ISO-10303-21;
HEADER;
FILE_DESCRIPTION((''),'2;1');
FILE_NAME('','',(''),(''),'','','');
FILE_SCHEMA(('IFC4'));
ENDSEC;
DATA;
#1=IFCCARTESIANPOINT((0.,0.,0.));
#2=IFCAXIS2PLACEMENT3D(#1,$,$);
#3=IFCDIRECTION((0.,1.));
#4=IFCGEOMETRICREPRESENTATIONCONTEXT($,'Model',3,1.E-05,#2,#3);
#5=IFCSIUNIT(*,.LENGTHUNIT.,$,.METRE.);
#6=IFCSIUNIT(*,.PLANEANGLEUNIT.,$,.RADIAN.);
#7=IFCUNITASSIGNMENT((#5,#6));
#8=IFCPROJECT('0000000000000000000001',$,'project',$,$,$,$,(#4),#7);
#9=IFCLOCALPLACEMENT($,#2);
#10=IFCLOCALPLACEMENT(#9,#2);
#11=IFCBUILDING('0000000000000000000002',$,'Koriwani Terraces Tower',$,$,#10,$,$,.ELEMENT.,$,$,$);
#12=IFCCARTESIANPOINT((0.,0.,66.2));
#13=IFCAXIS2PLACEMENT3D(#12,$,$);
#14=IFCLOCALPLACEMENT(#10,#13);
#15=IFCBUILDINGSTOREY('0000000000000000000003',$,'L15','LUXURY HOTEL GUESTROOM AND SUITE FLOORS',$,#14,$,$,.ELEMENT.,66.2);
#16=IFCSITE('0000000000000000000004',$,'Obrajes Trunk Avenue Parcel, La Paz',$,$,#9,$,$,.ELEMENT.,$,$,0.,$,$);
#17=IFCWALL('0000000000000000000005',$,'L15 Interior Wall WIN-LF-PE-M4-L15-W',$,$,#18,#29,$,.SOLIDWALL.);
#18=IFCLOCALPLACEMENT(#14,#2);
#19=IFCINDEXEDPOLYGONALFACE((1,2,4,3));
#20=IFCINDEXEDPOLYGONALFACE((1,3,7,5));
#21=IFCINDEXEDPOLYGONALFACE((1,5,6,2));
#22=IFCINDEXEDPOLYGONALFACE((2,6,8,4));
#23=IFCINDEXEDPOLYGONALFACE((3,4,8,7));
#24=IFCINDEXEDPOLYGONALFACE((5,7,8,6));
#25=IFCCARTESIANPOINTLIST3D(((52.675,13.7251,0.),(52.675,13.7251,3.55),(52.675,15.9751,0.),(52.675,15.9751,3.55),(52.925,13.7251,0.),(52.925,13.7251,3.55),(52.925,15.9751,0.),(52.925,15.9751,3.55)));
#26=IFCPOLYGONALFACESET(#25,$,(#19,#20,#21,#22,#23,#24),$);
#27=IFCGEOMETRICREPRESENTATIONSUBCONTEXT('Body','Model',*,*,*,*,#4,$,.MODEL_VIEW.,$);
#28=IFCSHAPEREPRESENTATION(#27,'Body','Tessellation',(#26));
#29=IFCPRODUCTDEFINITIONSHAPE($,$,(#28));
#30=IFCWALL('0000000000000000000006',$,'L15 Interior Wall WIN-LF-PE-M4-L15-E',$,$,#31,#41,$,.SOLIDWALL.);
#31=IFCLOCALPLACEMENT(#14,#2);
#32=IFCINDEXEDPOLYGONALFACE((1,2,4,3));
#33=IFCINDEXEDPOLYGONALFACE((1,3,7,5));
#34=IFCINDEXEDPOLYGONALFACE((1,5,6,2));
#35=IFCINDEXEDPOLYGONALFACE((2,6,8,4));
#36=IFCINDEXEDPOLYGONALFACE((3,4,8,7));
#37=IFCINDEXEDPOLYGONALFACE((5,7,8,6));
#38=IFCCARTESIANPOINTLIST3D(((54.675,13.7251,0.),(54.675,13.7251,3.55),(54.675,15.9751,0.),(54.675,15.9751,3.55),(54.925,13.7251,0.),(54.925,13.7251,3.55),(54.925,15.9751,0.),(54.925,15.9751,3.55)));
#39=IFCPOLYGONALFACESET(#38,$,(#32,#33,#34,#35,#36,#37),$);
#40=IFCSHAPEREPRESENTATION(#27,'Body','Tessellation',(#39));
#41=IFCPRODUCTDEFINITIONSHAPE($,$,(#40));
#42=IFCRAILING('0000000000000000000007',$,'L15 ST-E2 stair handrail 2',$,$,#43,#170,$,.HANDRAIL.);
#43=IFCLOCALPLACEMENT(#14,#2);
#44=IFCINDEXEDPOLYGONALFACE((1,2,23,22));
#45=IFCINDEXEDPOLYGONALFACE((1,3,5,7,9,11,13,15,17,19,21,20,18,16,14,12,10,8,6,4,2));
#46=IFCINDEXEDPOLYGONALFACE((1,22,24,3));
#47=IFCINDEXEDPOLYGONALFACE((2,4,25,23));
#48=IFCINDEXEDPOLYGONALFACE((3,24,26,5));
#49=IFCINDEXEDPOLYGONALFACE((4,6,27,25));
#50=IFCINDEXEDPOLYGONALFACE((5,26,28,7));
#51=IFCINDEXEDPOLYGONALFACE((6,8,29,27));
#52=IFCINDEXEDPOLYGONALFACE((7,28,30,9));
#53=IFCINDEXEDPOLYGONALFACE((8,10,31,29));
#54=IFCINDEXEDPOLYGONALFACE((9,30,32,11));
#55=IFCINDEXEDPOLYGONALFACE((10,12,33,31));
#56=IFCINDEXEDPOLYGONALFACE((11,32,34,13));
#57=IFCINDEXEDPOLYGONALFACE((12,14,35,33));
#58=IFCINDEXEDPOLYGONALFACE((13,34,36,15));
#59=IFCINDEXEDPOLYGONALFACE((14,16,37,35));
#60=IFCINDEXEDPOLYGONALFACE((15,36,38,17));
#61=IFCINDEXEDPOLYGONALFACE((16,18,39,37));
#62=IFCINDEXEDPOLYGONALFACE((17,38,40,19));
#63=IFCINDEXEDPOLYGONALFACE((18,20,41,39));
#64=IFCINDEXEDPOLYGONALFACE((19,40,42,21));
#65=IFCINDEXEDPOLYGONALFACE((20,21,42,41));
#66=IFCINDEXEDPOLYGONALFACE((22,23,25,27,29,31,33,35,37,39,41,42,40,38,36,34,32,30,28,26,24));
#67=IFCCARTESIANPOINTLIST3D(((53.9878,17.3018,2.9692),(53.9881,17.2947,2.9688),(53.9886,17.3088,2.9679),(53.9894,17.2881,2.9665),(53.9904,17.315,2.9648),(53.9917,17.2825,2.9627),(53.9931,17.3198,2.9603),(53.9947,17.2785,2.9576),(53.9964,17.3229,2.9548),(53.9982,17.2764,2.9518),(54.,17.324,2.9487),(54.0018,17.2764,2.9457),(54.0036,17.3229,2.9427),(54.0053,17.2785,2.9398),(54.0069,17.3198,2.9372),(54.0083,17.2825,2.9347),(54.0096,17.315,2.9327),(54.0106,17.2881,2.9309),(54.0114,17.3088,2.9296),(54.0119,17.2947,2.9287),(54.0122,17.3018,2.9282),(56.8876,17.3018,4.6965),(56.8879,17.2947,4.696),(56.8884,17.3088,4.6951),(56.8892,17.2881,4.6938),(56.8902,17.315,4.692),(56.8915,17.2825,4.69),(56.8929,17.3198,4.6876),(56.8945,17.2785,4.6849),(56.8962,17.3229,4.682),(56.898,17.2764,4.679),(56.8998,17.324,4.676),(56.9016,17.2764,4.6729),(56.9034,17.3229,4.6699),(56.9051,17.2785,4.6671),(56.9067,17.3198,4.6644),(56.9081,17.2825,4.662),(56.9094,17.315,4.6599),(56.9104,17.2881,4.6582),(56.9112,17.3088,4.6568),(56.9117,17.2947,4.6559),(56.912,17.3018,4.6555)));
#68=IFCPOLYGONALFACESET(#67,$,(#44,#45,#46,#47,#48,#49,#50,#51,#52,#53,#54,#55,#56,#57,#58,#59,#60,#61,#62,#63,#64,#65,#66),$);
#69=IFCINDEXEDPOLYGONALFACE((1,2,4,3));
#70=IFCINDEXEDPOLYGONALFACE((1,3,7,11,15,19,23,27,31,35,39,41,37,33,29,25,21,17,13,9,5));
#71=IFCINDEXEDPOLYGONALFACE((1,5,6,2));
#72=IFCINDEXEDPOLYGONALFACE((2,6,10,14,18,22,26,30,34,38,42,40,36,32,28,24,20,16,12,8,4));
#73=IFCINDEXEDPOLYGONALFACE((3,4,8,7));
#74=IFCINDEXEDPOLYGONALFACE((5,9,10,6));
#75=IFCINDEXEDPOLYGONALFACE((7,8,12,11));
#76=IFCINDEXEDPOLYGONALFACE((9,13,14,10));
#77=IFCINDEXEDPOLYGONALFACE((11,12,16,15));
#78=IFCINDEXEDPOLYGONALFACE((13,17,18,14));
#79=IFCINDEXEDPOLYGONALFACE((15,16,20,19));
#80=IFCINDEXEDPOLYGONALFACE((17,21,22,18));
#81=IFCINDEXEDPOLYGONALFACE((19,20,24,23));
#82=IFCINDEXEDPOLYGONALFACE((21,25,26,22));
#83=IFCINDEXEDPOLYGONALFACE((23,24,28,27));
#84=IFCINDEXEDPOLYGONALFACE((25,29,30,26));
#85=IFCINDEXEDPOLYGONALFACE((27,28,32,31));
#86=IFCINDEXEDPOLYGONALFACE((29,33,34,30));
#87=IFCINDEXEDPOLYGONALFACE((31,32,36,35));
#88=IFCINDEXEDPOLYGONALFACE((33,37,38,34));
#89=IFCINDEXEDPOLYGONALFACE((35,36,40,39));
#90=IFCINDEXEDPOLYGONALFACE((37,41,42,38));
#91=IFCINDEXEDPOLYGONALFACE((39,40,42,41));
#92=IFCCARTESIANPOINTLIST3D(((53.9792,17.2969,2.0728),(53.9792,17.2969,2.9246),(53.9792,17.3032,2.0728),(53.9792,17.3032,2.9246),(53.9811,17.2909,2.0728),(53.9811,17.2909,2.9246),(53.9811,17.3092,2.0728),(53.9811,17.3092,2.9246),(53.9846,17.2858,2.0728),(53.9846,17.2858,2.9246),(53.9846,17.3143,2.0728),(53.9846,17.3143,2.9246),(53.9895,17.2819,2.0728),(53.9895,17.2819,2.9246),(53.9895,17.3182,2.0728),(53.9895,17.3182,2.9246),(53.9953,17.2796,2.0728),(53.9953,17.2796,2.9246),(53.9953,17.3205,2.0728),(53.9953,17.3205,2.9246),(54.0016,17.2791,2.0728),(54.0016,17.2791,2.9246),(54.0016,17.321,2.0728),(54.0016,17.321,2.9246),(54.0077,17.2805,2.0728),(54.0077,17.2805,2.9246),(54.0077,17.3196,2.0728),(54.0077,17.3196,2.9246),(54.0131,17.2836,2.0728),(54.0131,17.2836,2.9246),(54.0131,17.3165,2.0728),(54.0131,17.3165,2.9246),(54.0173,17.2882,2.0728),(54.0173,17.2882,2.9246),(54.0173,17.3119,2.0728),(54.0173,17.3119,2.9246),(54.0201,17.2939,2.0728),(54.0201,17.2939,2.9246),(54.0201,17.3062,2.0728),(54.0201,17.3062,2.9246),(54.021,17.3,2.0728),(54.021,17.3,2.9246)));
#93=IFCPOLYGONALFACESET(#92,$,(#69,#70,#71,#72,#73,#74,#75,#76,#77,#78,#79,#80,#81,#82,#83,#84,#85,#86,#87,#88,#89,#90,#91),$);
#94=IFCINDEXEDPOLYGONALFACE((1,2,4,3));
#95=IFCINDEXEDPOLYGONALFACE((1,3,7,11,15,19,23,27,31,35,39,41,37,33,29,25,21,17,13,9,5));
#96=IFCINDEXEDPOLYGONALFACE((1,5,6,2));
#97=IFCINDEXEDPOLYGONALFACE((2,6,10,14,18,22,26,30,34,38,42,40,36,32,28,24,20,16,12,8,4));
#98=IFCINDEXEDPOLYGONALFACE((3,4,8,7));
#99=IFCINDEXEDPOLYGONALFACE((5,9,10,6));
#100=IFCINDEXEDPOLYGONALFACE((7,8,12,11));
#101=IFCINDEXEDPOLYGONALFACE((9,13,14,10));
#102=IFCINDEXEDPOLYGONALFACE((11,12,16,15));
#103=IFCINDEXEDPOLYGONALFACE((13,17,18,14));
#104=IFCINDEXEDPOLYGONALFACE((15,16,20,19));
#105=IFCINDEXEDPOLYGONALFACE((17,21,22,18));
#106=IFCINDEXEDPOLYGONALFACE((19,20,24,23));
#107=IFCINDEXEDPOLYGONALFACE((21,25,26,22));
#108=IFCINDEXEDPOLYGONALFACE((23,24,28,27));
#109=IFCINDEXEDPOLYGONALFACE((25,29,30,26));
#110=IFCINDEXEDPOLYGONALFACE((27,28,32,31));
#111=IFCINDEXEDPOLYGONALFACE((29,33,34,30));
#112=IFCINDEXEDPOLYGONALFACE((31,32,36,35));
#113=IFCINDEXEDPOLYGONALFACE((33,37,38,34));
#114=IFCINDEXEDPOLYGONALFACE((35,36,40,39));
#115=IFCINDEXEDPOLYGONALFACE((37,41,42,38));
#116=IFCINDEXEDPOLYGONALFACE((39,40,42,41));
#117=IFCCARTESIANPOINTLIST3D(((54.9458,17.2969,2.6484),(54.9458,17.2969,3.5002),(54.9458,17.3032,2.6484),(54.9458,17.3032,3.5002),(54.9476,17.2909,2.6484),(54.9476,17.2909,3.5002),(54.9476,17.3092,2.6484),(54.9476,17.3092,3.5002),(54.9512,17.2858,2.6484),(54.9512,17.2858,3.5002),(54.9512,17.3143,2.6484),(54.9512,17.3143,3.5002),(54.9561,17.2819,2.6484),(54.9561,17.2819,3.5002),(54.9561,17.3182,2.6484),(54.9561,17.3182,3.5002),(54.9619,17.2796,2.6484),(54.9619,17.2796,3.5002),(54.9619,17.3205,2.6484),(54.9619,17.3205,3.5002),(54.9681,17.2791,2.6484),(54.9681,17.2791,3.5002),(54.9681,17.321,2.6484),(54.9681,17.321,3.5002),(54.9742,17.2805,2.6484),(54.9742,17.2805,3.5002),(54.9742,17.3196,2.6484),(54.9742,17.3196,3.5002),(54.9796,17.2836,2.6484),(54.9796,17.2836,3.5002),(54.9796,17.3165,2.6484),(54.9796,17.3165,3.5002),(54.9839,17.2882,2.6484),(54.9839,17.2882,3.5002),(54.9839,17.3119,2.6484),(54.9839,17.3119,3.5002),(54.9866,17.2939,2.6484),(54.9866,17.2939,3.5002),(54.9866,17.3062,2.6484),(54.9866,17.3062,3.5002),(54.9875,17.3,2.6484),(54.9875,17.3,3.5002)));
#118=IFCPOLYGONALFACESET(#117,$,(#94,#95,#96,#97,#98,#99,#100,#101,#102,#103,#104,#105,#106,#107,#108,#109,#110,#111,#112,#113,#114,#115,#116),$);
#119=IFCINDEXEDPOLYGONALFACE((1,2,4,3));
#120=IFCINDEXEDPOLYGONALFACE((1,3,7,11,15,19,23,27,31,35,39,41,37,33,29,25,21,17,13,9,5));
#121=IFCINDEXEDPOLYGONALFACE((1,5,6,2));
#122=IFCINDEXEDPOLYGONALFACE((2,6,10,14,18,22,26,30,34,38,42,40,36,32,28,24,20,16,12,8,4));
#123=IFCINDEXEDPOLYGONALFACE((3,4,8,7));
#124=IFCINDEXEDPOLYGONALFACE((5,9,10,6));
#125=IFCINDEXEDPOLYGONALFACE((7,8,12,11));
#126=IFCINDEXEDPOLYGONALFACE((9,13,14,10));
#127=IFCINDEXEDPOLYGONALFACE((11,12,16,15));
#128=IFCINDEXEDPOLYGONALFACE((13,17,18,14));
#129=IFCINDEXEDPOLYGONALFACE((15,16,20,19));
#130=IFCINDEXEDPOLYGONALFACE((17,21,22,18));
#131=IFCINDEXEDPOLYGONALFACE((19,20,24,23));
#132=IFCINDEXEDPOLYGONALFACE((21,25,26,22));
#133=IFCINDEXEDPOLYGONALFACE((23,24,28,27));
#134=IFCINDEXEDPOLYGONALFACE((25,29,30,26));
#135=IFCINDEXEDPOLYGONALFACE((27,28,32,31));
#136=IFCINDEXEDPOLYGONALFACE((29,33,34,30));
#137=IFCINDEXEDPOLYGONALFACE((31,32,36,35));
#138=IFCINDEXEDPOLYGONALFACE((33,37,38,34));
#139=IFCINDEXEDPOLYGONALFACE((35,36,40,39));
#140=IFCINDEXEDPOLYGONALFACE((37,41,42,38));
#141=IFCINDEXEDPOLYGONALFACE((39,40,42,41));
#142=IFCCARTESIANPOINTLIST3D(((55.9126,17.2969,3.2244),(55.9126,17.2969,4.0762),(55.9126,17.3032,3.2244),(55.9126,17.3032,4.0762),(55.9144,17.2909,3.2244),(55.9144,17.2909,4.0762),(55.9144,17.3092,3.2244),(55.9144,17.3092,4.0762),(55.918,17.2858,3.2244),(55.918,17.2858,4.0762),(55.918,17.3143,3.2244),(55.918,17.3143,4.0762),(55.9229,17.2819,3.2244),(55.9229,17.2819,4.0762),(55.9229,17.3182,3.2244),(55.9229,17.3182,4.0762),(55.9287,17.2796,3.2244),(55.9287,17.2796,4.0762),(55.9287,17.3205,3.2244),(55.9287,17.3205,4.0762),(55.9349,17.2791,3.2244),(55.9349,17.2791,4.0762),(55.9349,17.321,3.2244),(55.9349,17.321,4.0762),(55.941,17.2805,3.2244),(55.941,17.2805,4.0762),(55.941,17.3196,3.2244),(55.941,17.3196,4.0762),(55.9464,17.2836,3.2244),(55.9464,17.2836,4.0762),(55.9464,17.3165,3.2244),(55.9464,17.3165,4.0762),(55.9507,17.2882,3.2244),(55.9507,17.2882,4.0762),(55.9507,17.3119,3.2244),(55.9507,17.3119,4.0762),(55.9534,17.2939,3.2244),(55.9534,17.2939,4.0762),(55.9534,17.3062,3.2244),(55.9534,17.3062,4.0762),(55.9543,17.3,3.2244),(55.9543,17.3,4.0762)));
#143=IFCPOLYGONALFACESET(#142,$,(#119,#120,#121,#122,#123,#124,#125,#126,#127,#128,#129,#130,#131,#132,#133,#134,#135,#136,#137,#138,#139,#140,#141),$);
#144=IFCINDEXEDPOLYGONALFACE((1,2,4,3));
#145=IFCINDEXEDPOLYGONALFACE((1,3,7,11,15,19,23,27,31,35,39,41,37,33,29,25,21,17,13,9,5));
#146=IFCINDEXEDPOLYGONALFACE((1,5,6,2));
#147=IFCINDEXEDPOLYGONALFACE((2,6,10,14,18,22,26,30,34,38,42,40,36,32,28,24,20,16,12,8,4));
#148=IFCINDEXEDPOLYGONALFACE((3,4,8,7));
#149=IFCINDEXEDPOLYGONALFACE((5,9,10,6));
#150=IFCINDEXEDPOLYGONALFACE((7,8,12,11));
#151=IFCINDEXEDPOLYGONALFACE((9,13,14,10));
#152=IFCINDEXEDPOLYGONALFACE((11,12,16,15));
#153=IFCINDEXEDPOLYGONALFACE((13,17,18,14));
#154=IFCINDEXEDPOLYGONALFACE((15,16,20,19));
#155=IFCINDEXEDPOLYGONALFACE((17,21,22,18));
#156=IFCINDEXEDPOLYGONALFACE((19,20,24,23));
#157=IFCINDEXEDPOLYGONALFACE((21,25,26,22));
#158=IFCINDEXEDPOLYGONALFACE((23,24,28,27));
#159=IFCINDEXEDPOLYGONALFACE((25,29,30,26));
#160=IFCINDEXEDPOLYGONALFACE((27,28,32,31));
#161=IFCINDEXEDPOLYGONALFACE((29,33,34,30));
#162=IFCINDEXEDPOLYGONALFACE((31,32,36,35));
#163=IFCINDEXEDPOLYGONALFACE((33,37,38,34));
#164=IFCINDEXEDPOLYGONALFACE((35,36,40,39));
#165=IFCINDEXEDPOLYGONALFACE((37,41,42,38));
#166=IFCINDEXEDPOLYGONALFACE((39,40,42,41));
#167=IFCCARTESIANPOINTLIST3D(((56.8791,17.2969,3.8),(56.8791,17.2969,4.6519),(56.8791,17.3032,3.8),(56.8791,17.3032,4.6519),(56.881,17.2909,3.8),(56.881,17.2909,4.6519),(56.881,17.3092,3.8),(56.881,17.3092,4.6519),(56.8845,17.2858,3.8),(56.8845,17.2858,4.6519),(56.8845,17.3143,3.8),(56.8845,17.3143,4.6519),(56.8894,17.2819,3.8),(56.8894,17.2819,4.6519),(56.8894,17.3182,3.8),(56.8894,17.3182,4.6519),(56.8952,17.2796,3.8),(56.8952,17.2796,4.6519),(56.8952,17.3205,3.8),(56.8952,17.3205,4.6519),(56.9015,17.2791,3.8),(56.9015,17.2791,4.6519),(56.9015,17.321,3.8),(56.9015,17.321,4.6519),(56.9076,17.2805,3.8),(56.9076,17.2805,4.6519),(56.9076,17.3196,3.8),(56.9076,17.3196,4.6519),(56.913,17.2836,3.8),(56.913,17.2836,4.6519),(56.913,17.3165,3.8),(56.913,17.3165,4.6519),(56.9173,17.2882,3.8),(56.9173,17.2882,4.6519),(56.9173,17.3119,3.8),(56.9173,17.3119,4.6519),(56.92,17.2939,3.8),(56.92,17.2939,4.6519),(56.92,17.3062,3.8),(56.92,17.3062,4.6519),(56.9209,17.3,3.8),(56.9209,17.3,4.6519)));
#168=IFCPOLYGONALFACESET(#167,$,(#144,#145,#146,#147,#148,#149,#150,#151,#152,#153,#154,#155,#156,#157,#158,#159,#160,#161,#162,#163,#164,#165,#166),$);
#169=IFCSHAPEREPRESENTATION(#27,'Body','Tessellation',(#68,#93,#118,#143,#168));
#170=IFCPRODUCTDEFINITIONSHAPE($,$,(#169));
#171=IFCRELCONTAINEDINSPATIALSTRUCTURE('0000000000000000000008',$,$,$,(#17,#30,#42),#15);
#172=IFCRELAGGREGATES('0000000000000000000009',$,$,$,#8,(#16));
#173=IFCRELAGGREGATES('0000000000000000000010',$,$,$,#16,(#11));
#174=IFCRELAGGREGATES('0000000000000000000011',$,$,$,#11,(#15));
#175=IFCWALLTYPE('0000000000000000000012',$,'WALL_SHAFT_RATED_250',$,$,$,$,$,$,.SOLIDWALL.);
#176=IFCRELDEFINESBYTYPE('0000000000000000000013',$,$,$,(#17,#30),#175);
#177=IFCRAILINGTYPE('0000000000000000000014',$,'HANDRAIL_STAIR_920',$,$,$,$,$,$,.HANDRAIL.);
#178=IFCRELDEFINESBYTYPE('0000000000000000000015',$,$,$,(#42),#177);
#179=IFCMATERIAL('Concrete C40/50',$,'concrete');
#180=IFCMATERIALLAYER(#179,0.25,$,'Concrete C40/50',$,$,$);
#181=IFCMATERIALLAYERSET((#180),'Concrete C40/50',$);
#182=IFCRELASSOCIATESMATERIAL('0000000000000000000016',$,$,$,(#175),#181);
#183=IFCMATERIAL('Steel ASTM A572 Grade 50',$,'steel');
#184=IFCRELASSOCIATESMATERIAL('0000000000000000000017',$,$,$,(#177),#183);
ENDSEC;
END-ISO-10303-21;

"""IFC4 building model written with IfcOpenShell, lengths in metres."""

from ifc_helpers import new_model, si_unit, direction, frame, frame_2d, origin, origin_2d, place, context, subcontext, project, spatial, rectangle, circle, extrude, material, layer, layer_set, type_object, element, save


model = new_model("IFC4")

# Units and contexts
model_context = context("Model", 3, precision=1e-05, world=origin(), true_north=direction((0.0, 1.0)))
body_context = subcontext(model_context, "Body", "Model", "MODEL_VIEW")
ifc_project = project(units=[si_unit("LENGTHUNIT", "METRE"), si_unit("PLANEANGLEUNIT", "RADIAN")], contexts=[model_context])

# Site, building, storey
site_placement = place(None, origin())
site = spatial("IfcSite", under=ifc_project, at=site_placement, Name="Obrajes Trunk Avenue Parcel, La Paz", CompositionType="ELEMENT", RefElevation=0.0)
building_placement = place(site_placement, origin())
building = spatial("IfcBuilding", under=site, at=building_placement, Name="Koriwani Terraces Tower", CompositionType="ELEMENT")
storey_placement = place(building_placement, frame((0.0, 0.0, 66.2)))
storey = spatial("IfcBuildingStorey", under=building, at=storey_placement, Name="L15", Description="LUXURY HOTEL GUESTROOM AND SUITE FLOORS", CompositionType="ELEMENT", Elevation=66.2)

# Shared definitions
ifc_material_1 = material(Name="Concrete C40/50", Category="concrete")
ifc_material_2 = material(Name="Steel ASTM A572 Grade 50", Category="steel")

# Shared definitions
ifc_layer_1 = layer(ifc_material_1, 0.25, Name="Concrete C40/50")
ifc_layer_set_1 = layer_set([ifc_layer_1], Name="Concrete C40/50")
wall_type_1 = type_object("IfcWallType", Name="WALL_SHAFT_RATED_250", PredefinedType="SOLIDWALL", material=ifc_layer_set_1)

# Walls
for number, where, z_axis, x_axis, name in (
    (1, (52.8, 13.7251, 0.0), (0.0, 0.0, 1.0), (0.0, 1.0, 0.0), "L15 Interior Wall WIN-LF-PE-M4-L15-W"),
    (2, (54.8, 13.7251, 0.0), (0.0, 0.0, 1.0), (0.0, 1.0, 0.0), "L15 Interior Wall WIN-LF-PE-M4-L15-E"),
):
    element("IfcWall", number, at=place(storey_placement, frame(where, z_axis=z_axis, x_axis=x_axis)), inside=storey, type_object=wall_type_1, Name=name, PredefinedType="SOLIDWALL", context=body_context, shape_type="SweptSolid", body=[
        extrude(rectangle(XDim=2.25, YDim=0.25, at=frame_2d((1.125, 0.0))), origin(), (0.0, 0.0, 1.0), 3.55),
    ])

# Railing
railing_type = type_object("IfcRailingType", Name="HANDRAIL_STAIR_920", PredefinedType="HANDRAIL", material=ifc_material_2)
railing_placement = place(storey_placement, frame((54.0, 17.3, 2.0728)))
element("IfcRailing", 3, at=railing_placement, inside=storey, type_object=railing_type, Name="L15 ST-E2 stair handrail 2", PredefinedType="HANDRAIL", context=body_context, shape_type="SweptSolid", body=[
    extrude(circle(Radius=0.0239, at=origin_2d()), frame((0.0, 0.0, 0.876), z_axis=(0.859141, 0.0, 0.511738), x_axis=(0.0, 1.0, 0.0)), (0.0, 0.0, 1.0), 3.3752),
    extrude(circle(Radius=0.021, at=origin_2d()), origin(), (0.0, 0.0, 1.0), 0.8518),
    extrude(circle(Radius=0.021, at=origin_2d()), frame((0.9666, 0.0, 0.5757)), (0.0, 0.0, 1.0), 0.8518),
    extrude(circle(Radius=0.021, at=origin_2d()), frame((1.9333, 0.0, 1.1516)), (0.0, 0.0, 1.0), 0.8518),
    extrude(circle(Radius=0.021, at=origin_2d()), frame((2.8999, 0.0, 1.7273)), (0.0, 0.0, 1.0), 0.8518),
])

save(model, "model.ifc")
